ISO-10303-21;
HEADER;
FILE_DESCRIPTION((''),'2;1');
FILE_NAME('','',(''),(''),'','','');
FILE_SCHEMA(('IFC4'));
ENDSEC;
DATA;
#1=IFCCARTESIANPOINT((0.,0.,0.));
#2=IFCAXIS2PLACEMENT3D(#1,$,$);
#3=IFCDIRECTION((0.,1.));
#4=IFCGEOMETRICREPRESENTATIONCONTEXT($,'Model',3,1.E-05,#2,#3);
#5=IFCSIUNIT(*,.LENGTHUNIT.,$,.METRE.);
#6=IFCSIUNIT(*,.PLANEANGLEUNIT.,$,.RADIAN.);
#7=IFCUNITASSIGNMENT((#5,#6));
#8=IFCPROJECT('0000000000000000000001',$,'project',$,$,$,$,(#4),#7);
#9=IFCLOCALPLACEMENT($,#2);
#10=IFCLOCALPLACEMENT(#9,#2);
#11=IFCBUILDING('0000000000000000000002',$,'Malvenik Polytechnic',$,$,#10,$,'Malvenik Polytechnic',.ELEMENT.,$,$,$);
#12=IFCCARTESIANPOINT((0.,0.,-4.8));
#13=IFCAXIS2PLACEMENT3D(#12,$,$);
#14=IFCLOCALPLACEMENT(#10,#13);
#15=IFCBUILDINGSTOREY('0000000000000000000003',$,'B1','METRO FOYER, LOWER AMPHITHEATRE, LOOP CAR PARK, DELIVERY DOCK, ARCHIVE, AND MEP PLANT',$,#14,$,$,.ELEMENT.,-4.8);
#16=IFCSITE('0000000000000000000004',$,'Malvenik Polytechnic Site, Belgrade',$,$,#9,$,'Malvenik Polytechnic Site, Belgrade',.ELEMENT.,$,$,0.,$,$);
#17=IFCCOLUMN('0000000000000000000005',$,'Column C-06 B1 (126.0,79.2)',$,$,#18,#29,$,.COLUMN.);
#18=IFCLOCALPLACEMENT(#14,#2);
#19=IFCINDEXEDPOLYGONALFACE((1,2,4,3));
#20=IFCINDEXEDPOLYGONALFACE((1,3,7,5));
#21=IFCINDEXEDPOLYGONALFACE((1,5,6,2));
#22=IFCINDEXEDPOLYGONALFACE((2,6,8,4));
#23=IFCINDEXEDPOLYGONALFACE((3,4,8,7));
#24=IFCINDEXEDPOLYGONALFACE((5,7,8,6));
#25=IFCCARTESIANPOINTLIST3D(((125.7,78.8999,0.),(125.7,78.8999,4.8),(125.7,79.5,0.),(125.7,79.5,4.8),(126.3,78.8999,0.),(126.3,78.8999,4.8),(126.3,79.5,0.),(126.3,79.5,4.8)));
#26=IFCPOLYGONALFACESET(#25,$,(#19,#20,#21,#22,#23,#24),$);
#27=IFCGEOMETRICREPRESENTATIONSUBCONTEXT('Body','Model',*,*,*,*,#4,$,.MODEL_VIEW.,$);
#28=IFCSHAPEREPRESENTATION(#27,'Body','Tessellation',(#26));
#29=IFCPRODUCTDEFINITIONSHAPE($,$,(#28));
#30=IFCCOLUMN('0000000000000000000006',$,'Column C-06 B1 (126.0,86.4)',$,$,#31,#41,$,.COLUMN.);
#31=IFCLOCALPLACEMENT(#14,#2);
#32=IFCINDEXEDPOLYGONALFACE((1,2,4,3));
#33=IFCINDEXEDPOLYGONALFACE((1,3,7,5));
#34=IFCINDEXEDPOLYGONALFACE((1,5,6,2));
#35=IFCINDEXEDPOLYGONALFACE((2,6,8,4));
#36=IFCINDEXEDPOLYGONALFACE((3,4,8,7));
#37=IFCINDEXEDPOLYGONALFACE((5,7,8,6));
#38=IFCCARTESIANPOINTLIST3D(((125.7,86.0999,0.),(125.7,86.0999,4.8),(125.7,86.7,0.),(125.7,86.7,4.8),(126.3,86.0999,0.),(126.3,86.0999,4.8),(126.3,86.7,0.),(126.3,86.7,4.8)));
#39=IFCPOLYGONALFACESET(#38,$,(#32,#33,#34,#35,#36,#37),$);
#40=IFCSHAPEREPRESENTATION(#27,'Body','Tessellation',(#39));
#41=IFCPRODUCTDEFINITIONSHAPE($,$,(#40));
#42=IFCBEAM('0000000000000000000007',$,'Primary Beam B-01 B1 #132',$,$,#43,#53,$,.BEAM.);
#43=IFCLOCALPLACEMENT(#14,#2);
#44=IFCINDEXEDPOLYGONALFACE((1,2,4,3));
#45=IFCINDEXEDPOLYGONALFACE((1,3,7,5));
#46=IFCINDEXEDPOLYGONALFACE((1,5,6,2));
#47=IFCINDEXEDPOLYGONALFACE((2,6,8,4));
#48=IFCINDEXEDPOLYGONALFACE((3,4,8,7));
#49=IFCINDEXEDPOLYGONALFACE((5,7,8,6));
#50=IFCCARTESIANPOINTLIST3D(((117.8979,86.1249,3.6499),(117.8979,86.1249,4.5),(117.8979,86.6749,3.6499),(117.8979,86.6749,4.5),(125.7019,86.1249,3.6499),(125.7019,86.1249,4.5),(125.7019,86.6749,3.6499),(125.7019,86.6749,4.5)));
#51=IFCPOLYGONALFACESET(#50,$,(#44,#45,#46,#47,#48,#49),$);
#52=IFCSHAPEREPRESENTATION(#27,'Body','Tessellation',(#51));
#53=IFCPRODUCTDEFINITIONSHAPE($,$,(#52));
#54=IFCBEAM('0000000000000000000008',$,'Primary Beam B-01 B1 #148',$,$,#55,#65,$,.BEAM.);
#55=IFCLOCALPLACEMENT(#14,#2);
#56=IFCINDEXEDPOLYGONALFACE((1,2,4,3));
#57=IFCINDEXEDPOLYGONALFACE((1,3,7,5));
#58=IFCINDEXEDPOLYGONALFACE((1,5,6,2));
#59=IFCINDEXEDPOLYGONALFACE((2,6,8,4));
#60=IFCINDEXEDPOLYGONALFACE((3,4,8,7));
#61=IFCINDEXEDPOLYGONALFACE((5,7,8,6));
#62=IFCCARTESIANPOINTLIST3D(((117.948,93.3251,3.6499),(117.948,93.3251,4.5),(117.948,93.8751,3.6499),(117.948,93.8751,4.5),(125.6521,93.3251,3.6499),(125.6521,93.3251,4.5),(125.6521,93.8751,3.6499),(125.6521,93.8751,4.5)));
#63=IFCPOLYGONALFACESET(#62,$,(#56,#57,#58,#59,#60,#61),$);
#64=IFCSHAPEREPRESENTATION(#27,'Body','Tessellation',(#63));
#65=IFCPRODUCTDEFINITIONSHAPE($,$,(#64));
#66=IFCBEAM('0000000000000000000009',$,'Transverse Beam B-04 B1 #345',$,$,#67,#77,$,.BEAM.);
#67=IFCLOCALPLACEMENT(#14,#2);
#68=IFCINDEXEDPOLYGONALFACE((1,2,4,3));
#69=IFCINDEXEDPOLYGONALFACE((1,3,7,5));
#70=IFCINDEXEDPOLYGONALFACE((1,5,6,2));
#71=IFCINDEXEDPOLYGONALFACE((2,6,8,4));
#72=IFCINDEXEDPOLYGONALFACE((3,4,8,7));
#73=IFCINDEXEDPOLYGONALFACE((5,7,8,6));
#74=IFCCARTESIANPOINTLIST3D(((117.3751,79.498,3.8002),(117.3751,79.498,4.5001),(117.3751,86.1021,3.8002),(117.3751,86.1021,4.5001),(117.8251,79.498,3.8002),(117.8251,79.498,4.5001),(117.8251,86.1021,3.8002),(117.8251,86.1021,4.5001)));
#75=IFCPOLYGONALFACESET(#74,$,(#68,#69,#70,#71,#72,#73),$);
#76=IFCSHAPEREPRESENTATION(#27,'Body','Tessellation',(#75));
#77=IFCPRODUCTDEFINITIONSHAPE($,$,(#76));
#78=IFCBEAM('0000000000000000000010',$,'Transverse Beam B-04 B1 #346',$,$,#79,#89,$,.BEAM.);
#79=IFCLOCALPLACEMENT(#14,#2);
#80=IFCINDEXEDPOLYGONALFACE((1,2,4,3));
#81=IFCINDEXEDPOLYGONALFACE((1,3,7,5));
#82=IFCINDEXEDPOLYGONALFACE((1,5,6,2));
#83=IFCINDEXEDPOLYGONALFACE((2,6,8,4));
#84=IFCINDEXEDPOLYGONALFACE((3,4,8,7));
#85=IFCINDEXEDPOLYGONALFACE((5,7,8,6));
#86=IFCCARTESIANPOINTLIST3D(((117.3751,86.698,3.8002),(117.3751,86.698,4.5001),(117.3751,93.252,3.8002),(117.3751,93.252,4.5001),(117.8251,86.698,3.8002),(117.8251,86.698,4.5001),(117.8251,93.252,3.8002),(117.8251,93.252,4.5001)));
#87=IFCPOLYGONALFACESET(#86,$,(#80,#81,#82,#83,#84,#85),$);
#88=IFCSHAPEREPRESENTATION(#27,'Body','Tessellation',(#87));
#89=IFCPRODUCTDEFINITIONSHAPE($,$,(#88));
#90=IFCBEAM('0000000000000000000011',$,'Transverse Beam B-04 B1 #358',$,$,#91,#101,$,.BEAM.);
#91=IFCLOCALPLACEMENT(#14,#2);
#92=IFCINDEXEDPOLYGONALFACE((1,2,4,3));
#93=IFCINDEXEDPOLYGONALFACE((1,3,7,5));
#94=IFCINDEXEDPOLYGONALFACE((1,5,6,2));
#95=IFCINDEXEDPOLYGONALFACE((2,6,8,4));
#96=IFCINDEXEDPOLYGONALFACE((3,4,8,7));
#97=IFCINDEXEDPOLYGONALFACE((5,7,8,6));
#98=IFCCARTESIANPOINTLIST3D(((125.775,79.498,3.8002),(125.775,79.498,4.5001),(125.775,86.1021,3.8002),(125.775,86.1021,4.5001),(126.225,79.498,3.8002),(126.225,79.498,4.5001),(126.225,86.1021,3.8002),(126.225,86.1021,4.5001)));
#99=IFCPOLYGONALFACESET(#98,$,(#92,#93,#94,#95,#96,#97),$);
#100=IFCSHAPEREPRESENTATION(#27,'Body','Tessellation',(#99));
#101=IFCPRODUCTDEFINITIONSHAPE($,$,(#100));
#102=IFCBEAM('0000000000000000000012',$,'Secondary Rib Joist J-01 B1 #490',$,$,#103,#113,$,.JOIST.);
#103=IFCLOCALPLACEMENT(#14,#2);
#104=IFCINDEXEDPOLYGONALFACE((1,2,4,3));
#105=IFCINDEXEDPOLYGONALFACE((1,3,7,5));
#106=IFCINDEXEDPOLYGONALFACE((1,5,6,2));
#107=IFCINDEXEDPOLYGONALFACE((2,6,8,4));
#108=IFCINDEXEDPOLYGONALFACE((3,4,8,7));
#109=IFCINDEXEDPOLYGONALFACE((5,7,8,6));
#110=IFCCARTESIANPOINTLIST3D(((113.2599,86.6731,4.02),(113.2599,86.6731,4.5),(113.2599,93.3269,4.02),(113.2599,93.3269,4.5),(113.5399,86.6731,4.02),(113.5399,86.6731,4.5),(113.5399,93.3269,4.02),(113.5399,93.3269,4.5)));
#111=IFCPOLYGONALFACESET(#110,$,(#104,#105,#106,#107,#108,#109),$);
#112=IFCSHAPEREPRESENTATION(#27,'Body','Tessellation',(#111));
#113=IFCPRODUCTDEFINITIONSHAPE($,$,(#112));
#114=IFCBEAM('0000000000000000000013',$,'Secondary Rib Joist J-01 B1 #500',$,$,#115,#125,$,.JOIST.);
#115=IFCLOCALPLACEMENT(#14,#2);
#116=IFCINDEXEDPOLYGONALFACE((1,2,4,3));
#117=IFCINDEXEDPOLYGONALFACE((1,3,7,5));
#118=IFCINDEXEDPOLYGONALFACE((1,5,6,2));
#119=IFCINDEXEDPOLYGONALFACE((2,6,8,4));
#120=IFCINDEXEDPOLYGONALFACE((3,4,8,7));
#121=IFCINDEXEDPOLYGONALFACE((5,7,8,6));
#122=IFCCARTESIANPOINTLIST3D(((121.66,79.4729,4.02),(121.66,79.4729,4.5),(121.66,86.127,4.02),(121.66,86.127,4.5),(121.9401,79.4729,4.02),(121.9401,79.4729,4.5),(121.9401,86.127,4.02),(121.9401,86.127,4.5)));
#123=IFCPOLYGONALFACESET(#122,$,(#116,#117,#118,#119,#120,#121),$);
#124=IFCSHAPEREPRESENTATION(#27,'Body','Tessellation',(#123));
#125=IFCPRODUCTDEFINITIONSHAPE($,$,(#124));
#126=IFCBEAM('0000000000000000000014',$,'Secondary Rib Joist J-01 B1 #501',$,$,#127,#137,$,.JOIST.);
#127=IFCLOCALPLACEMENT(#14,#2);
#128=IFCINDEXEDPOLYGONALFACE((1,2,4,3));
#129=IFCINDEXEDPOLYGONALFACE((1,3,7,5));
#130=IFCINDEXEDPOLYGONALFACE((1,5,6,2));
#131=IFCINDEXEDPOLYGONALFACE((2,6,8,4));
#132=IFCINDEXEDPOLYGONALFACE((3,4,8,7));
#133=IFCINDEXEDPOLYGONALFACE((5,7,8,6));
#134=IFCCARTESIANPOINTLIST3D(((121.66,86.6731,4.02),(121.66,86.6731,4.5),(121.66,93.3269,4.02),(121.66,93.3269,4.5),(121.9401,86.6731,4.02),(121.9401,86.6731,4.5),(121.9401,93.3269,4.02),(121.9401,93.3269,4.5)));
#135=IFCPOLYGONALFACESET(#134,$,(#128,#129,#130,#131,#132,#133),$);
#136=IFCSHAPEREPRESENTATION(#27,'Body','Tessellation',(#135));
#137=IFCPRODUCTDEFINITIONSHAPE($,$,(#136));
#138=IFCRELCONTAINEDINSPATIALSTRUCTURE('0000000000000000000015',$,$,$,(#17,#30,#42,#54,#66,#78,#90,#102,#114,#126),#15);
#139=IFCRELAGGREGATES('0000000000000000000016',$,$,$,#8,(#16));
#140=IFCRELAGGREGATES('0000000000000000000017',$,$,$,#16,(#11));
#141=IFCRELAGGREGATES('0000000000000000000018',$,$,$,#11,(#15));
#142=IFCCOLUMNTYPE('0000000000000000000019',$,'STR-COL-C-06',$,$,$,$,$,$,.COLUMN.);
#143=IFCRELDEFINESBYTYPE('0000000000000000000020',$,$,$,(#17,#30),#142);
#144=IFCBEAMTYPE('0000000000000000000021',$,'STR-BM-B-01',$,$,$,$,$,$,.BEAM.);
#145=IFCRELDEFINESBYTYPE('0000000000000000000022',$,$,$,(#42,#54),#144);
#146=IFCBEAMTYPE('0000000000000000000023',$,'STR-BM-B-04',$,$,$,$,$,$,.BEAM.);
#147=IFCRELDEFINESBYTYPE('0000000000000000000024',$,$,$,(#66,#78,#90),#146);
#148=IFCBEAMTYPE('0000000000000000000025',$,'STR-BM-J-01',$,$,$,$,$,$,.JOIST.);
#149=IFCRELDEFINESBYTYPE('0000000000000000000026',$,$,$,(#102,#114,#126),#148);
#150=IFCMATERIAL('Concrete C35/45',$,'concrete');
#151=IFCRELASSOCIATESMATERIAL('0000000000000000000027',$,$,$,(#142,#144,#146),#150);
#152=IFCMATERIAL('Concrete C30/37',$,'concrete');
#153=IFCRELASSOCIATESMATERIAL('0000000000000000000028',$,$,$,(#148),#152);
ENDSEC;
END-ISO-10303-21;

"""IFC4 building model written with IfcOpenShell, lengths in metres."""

from ifc_helpers import new_model, si_unit, direction, frame, origin, origin_2d, place, context, subcontext, project, spatial, rectangle, extrude, material, material_profile, profile_set, type_object, element, save


model = new_model("IFC4")

# Units and contexts
model_context = context("Model", 3, precision=1e-05, world=origin(), true_north=direction((0.0, 1.0)))
body_context = subcontext(model_context, "Body", "Model", "MODEL_VIEW")
ifc_project = project(units=[si_unit("LENGTHUNIT", "METRE"), si_unit("PLANEANGLEUNIT", "RADIAN")], contexts=[model_context])

# Site, building, storey
site_placement = place(None, origin())
site = spatial("IfcSite", under=ifc_project, at=site_placement, Name="Malvenik Polytechnic Site, Belgrade", LongName="Malvenik Polytechnic Site, Belgrade", CompositionType="ELEMENT", RefElevation=0.0)
building_placement = place(site_placement, origin())
building = spatial("IfcBuilding", under=site, at=building_placement, Name="Malvenik Polytechnic", LongName="Malvenik Polytechnic", CompositionType="ELEMENT")
storey_placement = place(building_placement, frame((0.0, 0.0, -4.8)))
storey = spatial("IfcBuildingStorey", under=building, at=storey_placement, Name="B1", Description="METRO FOYER, LOWER AMPHITHEATRE, LOOP CAR PARK, DELIVERY DOCK, ARCHIVE, AND MEP PLANT", CompositionType="ELEMENT", Elevation=-4.8)

# Shared definitions
ifc_material_1 = material(Name="Concrete C35/45", Category="concrete")

# Columns
ifc_material_profile_1 = material_profile(ifc_material_1, rectangle(XDim=0.6001, YDim=0.6001, at=origin_2d()), Name="RC COL 600x600")
ifc_profile_set_1 = profile_set([ifc_material_profile_1], Name="Concrete C35/45")
column_type_1 = type_object("IfcColumnType", Name="STR-COL-C-06", PredefinedType="COLUMN", material=ifc_profile_set_1)
for number, where, z_axis, x_axis, name in (
    (1, (126.0, 79.2, 0.0), (0.0, 0.0, 1.0), (1.0, 0.0, 0.0), "Column C-06 B1 (126.0,79.2)"),
    (2, (126.0, 86.3999, 0.0), (0.0, 0.0, 1.0), (1.0, 0.0, 0.0), "Column C-06 B1 (126.0,86.4)"),
):
    element("IfcColumn", number, at=place(storey_placement, frame(where, z_axis=z_axis, x_axis=x_axis)), inside=storey, type_object=column_type_1, Name=name, PredefinedType="COLUMN", context=body_context, shape_type="SweptSolid", body=[
        extrude(rectangle(XDim=0.6001, YDim=0.6001, at=origin_2d()), origin(), (0.0, 0.0, 1.0), 4.8),
    ])

# Beams
ifc_material_profile_2 = material_profile(ifc_material_1, rectangle(XDim=0.55, YDim=0.8501, at=origin_2d()), Name="RC BM 550x850")
ifc_profile_set_2 = profile_set([ifc_material_profile_2], Name="Concrete C35/45")
beam_type_1 = type_object("IfcBeamType", Name="STR-BM-B-01", PredefinedType="BEAM", material=ifc_profile_set_2)
beam_1_placement = place(storey_placement, frame((117.8979, 86.3999, 4.075), z_axis=(1.0, 0.0, 0.0), x_axis=(0.0, 1.0, 0.0)))
element("IfcBeam", 3, at=beam_1_placement, inside=storey, type_object=beam_type_1, Name="Primary Beam B-01 B1 #132", PredefinedType="BEAM", context=body_context, shape_type="SweptSolid", body=[
    extrude(rectangle(XDim=0.55, YDim=0.8501, at=origin_2d()), origin(), (0.0, 0.0, 1.0), 7.804),
])
beam_2_placement = place(storey_placement, frame((117.948, 93.6001, 4.075), z_axis=(1.0, 0.0, 0.0), x_axis=(0.0, 1.0, 0.0)))
element("IfcBeam", 4, at=beam_2_placement, inside=storey, type_object=beam_type_1, Name="Primary Beam B-01 B1 #148", PredefinedType="BEAM", context=body_context, shape_type="SweptSolid", body=[
    extrude(rectangle(XDim=0.55, YDim=0.8501, at=origin_2d()), origin(), (0.0, 0.0, 1.0), 7.7041),
])
ifc_material_profile_3 = material_profile(ifc_material_1, rectangle(XDim=0.45, YDim=0.7, at=origin_2d()), Name="RC BM 450x700")
ifc_profile_set_3 = profile_set([ifc_material_profile_3], Name="Concrete C35/45")
beam_type_2 = type_object("IfcBeamType", Name="STR-BM-B-04", PredefinedType="BEAM", material=ifc_profile_set_3)
beam_3_placement = place(storey_placement, frame((117.6001, 79.498, 4.1501), z_axis=(0.0, 1.0, 0.0), x_axis=(-1.0, 0.0, 0.0)))
element("IfcBeam", 5, at=beam_3_placement, inside=storey, type_object=beam_type_2, Name="Transverse Beam B-04 B1 #345", PredefinedType="BEAM", context=body_context, shape_type="SweptSolid", body=[
    extrude(rectangle(XDim=0.45, YDim=0.7, at=origin_2d()), origin(), (0.0, 0.0, 1.0), 6.604),
])
beam_4_placement = place(storey_placement, frame((117.6001, 86.698, 4.1501), z_axis=(0.0, 1.0, 0.0), x_axis=(-1.0, 0.0, 0.0)))
element("IfcBeam", 6, at=beam_4_placement, inside=storey, type_object=beam_type_2, Name="Transverse Beam B-04 B1 #346", PredefinedType="BEAM", context=body_context, shape_type="SweptSolid", body=[
    extrude(rectangle(XDim=0.45, YDim=0.7, at=origin_2d()), origin(), (0.0, 0.0, 1.0), 6.554),
])
beam_5_placement = place(storey_placement, frame((126.0, 79.498, 4.1501), z_axis=(0.0, 1.0, 0.0), x_axis=(-1.0, 0.0, 0.0)))
element("IfcBeam", 7, at=beam_5_placement, inside=storey, type_object=beam_type_2, Name="Transverse Beam B-04 B1 #358", PredefinedType="BEAM", context=body_context, shape_type="SweptSolid", body=[
    extrude(rectangle(XDim=0.45, YDim=0.7, at=origin_2d()), origin(), (0.0, 0.0, 1.0), 6.604),
])
ifc_material_2 = material(Name="Concrete C30/37", Category="concrete")
ifc_material_profile_4 = material_profile(ifc_material_2, rectangle(XDim=0.28, YDim=0.48, at=origin_2d()), Name="RC JST 280x480")
ifc_profile_set_4 = profile_set([ifc_material_profile_4], Name="Concrete C30/37")
beam_type_3 = type_object("IfcBeamType", Name="STR-BM-J-01", PredefinedType="JOIST", material=ifc_profile_set_4)
beam_6_placement = place(storey_placement, frame((113.3999, 86.6731, 4.26), z_axis=(0.0, 1.0, 0.0), x_axis=(-1.0, 0.0, 0.0)))
element("IfcBeam", 8, at=beam_6_placement, inside=storey, type_object=beam_type_3, Name="Secondary Rib Joist J-01 B1 #490", PredefinedType="JOIST", context=body_context, shape_type="SweptSolid", body=[
    extrude(rectangle(XDim=0.28, YDim=0.48, at=origin_2d()), origin(), (0.0, 0.0, 1.0), 6.6538),
])
beam_7_placement = place(storey_placement, frame((121.8, 79.4729, 4.26), z_axis=(0.0, 1.0, 0.0), x_axis=(-1.0, 0.0, 0.0)))
element("IfcBeam", 9, at=beam_7_placement, inside=storey, type_object=beam_type_3, Name="Secondary Rib Joist J-01 B1 #500", PredefinedType="JOIST", context=body_context, shape_type="SweptSolid", body=[
    extrude(rectangle(XDim=0.28, YDim=0.48, at=origin_2d()), origin(), (0.0, 0.0, 1.0), 6.6541),
])
beam_8_placement = place(storey_placement, frame((121.8, 86.6731, 4.26), z_axis=(0.0, 1.0, 0.0), x_axis=(-1.0, 0.0, 0.0)))
element("IfcBeam", 10, at=beam_8_placement, inside=storey, type_object=beam_type_3, Name="Secondary Rib Joist J-01 B1 #501", PredefinedType="JOIST", context=body_context, shape_type="SweptSolid", body=[
    extrude(rectangle(XDim=0.28, YDim=0.48, at=origin_2d()), origin(), (0.0, 0.0, 1.0), 6.6538),
])

save(model, "model.ifc")
